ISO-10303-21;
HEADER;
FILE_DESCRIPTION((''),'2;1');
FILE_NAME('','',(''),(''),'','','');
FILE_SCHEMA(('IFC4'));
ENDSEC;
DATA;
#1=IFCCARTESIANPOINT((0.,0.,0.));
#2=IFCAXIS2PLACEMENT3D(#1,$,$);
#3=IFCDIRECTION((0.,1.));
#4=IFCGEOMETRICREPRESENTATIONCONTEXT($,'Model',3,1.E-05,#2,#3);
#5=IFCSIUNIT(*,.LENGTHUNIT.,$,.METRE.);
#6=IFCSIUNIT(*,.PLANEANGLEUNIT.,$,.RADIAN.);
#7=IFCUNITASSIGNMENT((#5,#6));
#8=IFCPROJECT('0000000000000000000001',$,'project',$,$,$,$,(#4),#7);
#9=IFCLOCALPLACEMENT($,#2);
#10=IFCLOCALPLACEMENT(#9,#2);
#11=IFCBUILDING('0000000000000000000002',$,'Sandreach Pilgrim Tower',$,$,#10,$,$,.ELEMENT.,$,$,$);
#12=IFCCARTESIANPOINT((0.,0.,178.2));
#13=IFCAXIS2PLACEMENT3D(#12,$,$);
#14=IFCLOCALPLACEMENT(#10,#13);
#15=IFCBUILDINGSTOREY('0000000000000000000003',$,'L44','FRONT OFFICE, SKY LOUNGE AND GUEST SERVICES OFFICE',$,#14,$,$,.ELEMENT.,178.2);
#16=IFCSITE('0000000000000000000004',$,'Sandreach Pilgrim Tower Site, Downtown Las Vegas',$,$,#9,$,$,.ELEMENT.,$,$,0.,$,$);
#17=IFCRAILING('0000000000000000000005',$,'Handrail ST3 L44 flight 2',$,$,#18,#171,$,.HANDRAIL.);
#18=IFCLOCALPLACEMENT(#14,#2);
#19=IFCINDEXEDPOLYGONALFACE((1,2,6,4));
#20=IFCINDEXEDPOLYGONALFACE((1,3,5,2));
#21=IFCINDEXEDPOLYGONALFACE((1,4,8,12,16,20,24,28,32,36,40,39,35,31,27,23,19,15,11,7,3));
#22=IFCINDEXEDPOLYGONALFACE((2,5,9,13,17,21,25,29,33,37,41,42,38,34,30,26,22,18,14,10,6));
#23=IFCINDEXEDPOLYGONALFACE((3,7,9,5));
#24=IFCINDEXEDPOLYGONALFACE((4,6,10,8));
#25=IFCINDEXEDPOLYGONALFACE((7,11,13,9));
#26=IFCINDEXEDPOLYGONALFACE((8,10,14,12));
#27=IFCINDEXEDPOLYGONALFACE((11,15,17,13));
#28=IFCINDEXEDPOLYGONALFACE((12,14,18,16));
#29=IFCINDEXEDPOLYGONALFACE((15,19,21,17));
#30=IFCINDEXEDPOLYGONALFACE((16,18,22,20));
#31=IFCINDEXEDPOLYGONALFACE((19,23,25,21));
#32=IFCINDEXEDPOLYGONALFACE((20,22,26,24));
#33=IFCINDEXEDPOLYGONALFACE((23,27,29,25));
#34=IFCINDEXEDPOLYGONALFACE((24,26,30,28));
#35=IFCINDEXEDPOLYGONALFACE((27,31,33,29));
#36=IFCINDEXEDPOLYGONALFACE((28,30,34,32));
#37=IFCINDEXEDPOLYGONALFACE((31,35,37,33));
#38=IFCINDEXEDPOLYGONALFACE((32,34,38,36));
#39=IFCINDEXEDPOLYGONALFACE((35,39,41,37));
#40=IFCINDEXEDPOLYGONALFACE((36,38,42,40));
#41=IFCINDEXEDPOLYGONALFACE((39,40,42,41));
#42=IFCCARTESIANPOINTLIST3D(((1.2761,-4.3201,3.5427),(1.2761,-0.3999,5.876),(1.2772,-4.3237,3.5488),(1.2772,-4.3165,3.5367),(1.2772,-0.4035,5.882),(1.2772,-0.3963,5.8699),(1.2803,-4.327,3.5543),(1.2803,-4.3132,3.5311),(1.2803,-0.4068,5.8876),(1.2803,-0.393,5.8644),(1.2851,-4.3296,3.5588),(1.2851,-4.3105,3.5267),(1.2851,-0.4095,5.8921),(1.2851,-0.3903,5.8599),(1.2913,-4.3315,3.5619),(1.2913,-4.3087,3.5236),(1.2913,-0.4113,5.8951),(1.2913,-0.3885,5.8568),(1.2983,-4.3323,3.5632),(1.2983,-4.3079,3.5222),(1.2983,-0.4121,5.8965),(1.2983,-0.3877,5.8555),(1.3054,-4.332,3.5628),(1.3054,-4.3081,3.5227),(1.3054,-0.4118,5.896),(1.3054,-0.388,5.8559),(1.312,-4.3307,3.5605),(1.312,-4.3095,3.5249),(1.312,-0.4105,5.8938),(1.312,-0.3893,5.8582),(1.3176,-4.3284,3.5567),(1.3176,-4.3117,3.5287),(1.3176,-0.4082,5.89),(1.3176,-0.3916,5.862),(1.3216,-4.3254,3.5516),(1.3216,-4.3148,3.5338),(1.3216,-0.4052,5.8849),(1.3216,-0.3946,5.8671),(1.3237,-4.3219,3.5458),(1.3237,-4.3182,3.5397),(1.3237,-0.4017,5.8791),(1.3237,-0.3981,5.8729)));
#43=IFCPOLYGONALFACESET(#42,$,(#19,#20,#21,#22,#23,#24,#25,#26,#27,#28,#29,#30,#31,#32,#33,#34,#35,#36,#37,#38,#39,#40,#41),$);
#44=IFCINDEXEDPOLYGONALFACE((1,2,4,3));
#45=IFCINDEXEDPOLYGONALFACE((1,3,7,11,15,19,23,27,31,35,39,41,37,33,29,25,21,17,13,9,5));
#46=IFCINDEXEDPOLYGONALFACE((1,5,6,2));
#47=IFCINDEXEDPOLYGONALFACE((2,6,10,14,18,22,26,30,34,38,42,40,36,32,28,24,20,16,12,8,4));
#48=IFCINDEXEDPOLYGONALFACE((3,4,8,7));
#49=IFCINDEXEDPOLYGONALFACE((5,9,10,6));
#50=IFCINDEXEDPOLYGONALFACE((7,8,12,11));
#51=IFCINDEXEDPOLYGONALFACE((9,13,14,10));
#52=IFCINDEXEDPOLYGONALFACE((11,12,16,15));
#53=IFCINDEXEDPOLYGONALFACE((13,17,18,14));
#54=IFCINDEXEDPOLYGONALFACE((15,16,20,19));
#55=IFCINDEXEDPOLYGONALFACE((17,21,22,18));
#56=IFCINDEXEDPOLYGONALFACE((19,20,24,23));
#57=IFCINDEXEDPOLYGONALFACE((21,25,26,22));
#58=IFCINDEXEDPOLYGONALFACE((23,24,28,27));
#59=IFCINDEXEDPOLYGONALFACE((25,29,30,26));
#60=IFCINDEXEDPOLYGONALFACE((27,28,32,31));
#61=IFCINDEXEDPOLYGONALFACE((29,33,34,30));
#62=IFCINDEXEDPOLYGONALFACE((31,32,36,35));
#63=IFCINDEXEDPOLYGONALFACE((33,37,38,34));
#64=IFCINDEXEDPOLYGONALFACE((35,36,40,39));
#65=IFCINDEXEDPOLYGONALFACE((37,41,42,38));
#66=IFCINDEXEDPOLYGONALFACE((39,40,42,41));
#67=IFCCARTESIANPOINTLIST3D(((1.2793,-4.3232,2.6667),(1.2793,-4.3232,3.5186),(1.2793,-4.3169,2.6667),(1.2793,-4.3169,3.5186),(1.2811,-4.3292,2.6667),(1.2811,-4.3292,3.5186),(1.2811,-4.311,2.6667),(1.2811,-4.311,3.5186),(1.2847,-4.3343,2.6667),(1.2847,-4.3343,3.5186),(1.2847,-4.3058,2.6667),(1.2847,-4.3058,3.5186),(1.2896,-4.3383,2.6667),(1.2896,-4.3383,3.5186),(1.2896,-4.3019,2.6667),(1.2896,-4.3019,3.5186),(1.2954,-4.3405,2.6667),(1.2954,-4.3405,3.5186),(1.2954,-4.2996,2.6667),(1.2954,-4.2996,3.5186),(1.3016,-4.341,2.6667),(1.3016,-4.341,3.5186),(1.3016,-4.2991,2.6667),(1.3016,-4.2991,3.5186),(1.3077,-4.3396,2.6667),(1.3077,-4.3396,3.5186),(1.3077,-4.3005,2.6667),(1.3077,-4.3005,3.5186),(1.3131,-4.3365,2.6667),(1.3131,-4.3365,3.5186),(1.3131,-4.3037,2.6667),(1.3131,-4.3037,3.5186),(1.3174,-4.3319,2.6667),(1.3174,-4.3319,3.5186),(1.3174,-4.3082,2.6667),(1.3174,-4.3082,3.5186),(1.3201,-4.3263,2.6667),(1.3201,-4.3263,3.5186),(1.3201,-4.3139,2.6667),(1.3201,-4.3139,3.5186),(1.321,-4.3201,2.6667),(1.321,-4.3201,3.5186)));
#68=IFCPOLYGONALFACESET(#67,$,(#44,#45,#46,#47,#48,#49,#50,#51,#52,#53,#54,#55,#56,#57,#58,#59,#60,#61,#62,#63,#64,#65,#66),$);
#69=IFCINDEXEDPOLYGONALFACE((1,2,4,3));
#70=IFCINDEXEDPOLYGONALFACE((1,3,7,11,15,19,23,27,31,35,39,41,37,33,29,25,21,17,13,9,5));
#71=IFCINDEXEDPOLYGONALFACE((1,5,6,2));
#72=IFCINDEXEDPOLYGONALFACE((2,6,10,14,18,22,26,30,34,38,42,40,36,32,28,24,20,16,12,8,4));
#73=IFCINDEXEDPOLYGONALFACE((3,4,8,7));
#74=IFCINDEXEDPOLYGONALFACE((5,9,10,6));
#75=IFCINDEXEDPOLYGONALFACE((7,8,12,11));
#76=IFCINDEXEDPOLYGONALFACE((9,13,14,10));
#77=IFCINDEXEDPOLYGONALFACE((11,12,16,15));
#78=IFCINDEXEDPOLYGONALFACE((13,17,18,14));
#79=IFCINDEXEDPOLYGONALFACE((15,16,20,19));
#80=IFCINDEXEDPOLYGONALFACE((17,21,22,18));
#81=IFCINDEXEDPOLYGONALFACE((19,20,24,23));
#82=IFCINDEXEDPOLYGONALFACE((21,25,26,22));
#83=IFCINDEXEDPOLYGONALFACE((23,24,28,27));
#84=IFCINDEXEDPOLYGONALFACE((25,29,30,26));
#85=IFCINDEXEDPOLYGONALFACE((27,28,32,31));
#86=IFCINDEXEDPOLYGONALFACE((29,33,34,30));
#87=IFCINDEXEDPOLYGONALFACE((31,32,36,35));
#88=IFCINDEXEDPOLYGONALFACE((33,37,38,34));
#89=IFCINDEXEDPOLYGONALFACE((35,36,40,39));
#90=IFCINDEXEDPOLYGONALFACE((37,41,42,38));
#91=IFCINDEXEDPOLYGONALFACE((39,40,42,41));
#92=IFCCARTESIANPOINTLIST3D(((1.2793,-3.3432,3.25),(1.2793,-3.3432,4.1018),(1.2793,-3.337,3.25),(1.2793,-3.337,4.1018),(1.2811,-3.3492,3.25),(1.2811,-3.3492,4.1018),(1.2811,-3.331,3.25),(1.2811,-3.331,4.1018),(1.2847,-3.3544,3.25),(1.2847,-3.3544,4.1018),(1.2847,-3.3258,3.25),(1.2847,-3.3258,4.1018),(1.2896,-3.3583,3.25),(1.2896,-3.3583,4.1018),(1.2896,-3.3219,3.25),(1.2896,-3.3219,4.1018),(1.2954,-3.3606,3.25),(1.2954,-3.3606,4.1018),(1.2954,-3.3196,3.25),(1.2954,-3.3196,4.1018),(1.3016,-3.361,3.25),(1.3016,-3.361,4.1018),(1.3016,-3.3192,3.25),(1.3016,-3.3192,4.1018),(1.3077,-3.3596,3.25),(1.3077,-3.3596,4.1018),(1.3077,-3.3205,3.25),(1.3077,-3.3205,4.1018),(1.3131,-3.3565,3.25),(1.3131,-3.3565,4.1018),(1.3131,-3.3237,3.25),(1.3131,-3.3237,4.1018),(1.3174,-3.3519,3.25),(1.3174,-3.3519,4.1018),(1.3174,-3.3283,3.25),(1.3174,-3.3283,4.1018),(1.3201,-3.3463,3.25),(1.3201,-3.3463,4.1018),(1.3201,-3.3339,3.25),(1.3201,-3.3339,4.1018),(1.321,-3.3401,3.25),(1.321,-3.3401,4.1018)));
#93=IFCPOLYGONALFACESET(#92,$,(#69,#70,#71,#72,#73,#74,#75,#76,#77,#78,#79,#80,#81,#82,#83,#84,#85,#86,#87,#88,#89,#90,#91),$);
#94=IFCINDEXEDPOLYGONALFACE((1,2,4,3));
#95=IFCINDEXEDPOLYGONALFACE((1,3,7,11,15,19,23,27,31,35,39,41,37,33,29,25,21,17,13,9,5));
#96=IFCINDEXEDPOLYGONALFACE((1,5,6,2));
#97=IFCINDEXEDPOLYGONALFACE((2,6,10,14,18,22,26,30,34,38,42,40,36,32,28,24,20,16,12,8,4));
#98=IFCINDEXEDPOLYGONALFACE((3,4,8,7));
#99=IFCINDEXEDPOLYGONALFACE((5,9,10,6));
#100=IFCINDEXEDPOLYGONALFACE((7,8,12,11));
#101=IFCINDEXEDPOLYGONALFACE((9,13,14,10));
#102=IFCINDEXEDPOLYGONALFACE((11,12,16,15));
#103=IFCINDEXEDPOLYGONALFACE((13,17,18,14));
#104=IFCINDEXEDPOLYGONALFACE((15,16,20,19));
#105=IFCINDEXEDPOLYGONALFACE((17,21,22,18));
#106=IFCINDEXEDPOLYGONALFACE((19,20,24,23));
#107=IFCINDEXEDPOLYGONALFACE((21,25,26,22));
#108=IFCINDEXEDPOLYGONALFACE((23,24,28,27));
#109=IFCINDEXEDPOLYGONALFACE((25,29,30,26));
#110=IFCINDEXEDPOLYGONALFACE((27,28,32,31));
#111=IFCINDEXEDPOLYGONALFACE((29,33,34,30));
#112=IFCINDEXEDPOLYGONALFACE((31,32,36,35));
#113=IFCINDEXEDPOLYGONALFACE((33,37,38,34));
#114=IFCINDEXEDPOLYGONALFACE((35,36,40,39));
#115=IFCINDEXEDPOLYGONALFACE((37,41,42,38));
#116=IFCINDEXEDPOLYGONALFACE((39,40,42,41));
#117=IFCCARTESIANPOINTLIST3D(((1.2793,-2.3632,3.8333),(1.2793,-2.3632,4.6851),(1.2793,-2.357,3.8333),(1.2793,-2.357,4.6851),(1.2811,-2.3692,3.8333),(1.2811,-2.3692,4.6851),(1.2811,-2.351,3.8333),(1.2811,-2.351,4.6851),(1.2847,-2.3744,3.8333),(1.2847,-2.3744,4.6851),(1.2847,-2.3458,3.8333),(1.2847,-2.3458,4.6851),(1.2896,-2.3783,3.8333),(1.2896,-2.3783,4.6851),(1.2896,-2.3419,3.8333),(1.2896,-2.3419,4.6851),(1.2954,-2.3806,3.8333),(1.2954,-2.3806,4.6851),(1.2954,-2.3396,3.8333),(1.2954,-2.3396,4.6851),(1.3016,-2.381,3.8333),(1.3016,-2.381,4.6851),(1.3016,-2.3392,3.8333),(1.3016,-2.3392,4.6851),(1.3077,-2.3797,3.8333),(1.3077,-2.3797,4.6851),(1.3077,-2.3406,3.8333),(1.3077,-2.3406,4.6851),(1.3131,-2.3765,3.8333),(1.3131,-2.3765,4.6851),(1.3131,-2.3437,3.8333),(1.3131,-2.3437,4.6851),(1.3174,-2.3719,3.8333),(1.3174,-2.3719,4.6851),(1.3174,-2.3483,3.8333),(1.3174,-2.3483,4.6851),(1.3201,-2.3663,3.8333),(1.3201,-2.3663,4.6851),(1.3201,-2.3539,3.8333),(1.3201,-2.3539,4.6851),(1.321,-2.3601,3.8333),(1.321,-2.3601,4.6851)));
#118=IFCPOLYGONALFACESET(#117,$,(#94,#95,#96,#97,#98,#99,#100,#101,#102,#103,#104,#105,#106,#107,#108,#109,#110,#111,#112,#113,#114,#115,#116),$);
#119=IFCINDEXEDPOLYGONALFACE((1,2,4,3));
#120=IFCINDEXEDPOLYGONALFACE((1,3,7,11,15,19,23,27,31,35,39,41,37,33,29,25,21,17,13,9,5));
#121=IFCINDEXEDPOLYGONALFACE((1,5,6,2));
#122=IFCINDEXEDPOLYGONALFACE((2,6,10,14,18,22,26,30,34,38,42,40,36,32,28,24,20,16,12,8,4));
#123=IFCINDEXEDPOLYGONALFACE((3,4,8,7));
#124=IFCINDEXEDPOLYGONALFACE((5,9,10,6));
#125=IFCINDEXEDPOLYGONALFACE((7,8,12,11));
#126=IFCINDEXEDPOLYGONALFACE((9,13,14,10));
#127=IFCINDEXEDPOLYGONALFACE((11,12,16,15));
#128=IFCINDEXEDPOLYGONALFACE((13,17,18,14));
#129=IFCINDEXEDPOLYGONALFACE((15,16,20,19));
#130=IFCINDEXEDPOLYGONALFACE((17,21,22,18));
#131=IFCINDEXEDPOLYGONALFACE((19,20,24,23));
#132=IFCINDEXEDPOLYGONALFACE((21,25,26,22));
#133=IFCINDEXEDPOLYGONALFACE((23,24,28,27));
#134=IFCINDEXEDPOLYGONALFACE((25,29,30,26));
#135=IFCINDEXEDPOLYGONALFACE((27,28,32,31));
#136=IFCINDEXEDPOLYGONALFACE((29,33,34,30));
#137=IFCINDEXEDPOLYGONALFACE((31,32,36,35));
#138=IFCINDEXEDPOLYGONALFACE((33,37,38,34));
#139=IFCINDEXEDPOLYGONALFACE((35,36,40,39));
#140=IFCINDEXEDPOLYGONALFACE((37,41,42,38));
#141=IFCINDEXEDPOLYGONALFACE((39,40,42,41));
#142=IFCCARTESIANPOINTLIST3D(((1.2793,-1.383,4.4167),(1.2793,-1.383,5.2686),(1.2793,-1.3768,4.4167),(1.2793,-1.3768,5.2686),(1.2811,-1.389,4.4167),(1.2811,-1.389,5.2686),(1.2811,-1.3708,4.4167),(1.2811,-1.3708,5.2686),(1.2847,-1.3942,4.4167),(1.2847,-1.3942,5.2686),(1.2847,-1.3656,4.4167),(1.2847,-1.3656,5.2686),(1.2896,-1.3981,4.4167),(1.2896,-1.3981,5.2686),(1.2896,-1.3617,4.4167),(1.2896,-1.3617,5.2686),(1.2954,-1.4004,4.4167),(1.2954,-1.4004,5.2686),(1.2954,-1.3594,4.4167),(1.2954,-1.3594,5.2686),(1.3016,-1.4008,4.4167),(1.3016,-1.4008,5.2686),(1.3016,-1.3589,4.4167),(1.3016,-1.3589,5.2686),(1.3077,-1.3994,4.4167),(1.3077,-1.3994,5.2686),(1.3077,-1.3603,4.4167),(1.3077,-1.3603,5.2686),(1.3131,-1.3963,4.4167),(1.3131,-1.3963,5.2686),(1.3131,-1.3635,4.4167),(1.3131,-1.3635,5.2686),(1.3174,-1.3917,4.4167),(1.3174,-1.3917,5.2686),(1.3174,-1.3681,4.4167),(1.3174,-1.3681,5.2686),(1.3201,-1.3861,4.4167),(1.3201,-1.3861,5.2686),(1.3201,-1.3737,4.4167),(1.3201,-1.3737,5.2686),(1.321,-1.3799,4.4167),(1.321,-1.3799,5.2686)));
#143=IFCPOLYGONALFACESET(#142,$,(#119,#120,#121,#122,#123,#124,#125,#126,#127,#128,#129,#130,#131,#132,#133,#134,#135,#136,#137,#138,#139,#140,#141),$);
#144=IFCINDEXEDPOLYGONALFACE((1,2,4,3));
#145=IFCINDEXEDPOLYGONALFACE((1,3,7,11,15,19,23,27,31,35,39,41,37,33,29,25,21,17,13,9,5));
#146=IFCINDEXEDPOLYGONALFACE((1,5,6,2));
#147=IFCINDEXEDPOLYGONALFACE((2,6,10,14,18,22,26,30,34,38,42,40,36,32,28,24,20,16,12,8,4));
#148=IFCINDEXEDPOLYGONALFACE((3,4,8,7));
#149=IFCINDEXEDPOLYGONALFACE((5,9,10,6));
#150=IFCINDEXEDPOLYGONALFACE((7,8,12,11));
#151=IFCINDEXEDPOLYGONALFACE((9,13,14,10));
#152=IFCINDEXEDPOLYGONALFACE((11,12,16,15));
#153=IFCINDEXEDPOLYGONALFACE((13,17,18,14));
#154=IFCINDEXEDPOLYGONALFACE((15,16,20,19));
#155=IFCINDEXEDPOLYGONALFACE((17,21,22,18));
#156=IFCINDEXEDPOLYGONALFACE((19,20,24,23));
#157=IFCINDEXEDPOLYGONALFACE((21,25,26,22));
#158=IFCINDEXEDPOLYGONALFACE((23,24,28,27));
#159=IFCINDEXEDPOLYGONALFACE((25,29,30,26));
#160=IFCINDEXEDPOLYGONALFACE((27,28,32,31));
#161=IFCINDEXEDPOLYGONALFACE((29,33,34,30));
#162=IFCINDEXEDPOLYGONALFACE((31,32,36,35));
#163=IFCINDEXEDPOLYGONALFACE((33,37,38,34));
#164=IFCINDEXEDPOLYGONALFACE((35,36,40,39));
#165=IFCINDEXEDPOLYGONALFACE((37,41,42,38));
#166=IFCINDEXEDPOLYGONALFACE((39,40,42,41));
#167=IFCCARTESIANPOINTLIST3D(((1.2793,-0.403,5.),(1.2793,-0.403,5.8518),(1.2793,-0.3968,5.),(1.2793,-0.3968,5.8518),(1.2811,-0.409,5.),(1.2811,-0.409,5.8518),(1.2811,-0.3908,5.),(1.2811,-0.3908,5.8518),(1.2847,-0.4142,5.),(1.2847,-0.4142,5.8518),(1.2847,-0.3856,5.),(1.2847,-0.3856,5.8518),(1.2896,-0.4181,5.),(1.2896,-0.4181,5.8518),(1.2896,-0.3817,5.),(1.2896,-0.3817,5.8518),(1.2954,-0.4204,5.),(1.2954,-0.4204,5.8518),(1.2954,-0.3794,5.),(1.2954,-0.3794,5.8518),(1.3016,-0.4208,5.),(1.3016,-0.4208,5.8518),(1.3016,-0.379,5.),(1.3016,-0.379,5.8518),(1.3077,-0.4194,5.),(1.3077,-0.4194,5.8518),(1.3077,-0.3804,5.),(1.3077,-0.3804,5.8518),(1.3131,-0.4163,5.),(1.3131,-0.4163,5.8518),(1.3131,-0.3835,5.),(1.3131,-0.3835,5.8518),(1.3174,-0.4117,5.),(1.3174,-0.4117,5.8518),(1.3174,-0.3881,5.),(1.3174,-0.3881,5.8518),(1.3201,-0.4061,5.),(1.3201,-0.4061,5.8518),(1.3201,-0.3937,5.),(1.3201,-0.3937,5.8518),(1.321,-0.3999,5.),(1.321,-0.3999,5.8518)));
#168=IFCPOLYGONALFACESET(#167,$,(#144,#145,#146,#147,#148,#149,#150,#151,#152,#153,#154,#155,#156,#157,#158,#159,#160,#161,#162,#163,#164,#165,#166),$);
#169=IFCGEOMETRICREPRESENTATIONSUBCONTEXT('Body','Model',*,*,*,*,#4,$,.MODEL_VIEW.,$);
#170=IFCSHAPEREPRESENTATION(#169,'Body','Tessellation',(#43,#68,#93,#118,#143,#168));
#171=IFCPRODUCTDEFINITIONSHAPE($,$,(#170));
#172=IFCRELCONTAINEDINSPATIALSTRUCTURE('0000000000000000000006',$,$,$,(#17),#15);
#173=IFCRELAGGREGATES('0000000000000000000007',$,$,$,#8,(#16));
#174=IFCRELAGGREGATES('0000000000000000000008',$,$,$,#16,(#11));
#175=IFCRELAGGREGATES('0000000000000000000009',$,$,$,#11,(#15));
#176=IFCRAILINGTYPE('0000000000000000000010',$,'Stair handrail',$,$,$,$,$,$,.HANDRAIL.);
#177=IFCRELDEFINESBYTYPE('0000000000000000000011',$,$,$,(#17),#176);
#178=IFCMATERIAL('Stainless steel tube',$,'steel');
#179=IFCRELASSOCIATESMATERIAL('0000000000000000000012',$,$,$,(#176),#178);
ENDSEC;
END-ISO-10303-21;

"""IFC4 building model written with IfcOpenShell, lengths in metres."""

from ifc_helpers import new_model, si_unit, direction, frame, origin, origin_2d, place, context, subcontext, project, spatial, circle, extrude, material, type_object, element, save


model = new_model("IFC4")

# Units and contexts
model_context = context("Model", 3, precision=1e-05, world=origin(), true_north=direction((0.0, 1.0)))
body_context = subcontext(model_context, "Body", "Model", "MODEL_VIEW")
ifc_project = project(units=[si_unit("LENGTHUNIT", "METRE"), si_unit("PLANEANGLEUNIT", "RADIAN")], contexts=[model_context])

# Site, building, storey
site_placement = place(None, origin())
site = spatial("IfcSite", under=ifc_project, at=site_placement, Name="Sandreach Pilgrim Tower Site, Downtown Las Vegas", CompositionType="ELEMENT", RefElevation=0.0)
building_placement = place(site_placement, origin())
building = spatial("IfcBuilding", under=site, at=building_placement, Name="Sandreach Pilgrim Tower", CompositionType="ELEMENT")
storey_placement = place(building_placement, frame((0.0, 0.0, 178.2)))
storey = spatial("IfcBuildingStorey", under=building, at=storey_placement, Name="L44", Description="FRONT OFFICE, SKY LOUNGE AND GUEST SERVICES OFFICE", CompositionType="ELEMENT", Elevation=178.2)

# Railing
ifc_material_1 = material(Name="Stainless steel tube", Category="steel")
railing_type = type_object("IfcRailingType", Name="Stair handrail", PredefinedType="HANDRAIL", material=ifc_material_1)
railing_placement = place(storey_placement, frame((1.3, -4.3201, 2.6667)))
element("IfcRailing", 1, at=railing_placement, inside=storey, type_object=railing_type, Name="Handrail ST3 L44 flight 2", PredefinedType="HANDRAIL", context=body_context, shape_type="SweptSolid", body=[
    extrude(circle(Radius=0.0239, at=origin_2d()), frame((0.0, 0.0, 0.876), z_axis=(0.0, 0.85931, 0.511455), x_axis=(-1.0, 0.0, 0.0)), (0.0, 0.0, 1.0), 4.562),
    extrude(circle(Radius=0.021, at=origin_2d()), origin(), (0.0, 0.0, 1.0), 0.8518),
    extrude(circle(Radius=0.021, at=origin_2d()), frame((0.0, 0.98, 0.5833)), (0.0, 0.0, 1.0), 0.8518),
    extrude(circle(Radius=0.021, at=origin_2d()), frame((0.0, 1.96, 1.1665)), (0.0, 0.0, 1.0), 0.8518),
    extrude(circle(Radius=0.021, at=origin_2d()), frame((0.0, 2.9402, 1.75)), (0.0, 0.0, 1.0), 0.8518),
    extrude(circle(Radius=0.021, at=origin_2d()), frame((0.0, 3.9202, 2.3333)), (0.0, 0.0, 1.0), 0.8518),
])

save(model, "model.ifc")
